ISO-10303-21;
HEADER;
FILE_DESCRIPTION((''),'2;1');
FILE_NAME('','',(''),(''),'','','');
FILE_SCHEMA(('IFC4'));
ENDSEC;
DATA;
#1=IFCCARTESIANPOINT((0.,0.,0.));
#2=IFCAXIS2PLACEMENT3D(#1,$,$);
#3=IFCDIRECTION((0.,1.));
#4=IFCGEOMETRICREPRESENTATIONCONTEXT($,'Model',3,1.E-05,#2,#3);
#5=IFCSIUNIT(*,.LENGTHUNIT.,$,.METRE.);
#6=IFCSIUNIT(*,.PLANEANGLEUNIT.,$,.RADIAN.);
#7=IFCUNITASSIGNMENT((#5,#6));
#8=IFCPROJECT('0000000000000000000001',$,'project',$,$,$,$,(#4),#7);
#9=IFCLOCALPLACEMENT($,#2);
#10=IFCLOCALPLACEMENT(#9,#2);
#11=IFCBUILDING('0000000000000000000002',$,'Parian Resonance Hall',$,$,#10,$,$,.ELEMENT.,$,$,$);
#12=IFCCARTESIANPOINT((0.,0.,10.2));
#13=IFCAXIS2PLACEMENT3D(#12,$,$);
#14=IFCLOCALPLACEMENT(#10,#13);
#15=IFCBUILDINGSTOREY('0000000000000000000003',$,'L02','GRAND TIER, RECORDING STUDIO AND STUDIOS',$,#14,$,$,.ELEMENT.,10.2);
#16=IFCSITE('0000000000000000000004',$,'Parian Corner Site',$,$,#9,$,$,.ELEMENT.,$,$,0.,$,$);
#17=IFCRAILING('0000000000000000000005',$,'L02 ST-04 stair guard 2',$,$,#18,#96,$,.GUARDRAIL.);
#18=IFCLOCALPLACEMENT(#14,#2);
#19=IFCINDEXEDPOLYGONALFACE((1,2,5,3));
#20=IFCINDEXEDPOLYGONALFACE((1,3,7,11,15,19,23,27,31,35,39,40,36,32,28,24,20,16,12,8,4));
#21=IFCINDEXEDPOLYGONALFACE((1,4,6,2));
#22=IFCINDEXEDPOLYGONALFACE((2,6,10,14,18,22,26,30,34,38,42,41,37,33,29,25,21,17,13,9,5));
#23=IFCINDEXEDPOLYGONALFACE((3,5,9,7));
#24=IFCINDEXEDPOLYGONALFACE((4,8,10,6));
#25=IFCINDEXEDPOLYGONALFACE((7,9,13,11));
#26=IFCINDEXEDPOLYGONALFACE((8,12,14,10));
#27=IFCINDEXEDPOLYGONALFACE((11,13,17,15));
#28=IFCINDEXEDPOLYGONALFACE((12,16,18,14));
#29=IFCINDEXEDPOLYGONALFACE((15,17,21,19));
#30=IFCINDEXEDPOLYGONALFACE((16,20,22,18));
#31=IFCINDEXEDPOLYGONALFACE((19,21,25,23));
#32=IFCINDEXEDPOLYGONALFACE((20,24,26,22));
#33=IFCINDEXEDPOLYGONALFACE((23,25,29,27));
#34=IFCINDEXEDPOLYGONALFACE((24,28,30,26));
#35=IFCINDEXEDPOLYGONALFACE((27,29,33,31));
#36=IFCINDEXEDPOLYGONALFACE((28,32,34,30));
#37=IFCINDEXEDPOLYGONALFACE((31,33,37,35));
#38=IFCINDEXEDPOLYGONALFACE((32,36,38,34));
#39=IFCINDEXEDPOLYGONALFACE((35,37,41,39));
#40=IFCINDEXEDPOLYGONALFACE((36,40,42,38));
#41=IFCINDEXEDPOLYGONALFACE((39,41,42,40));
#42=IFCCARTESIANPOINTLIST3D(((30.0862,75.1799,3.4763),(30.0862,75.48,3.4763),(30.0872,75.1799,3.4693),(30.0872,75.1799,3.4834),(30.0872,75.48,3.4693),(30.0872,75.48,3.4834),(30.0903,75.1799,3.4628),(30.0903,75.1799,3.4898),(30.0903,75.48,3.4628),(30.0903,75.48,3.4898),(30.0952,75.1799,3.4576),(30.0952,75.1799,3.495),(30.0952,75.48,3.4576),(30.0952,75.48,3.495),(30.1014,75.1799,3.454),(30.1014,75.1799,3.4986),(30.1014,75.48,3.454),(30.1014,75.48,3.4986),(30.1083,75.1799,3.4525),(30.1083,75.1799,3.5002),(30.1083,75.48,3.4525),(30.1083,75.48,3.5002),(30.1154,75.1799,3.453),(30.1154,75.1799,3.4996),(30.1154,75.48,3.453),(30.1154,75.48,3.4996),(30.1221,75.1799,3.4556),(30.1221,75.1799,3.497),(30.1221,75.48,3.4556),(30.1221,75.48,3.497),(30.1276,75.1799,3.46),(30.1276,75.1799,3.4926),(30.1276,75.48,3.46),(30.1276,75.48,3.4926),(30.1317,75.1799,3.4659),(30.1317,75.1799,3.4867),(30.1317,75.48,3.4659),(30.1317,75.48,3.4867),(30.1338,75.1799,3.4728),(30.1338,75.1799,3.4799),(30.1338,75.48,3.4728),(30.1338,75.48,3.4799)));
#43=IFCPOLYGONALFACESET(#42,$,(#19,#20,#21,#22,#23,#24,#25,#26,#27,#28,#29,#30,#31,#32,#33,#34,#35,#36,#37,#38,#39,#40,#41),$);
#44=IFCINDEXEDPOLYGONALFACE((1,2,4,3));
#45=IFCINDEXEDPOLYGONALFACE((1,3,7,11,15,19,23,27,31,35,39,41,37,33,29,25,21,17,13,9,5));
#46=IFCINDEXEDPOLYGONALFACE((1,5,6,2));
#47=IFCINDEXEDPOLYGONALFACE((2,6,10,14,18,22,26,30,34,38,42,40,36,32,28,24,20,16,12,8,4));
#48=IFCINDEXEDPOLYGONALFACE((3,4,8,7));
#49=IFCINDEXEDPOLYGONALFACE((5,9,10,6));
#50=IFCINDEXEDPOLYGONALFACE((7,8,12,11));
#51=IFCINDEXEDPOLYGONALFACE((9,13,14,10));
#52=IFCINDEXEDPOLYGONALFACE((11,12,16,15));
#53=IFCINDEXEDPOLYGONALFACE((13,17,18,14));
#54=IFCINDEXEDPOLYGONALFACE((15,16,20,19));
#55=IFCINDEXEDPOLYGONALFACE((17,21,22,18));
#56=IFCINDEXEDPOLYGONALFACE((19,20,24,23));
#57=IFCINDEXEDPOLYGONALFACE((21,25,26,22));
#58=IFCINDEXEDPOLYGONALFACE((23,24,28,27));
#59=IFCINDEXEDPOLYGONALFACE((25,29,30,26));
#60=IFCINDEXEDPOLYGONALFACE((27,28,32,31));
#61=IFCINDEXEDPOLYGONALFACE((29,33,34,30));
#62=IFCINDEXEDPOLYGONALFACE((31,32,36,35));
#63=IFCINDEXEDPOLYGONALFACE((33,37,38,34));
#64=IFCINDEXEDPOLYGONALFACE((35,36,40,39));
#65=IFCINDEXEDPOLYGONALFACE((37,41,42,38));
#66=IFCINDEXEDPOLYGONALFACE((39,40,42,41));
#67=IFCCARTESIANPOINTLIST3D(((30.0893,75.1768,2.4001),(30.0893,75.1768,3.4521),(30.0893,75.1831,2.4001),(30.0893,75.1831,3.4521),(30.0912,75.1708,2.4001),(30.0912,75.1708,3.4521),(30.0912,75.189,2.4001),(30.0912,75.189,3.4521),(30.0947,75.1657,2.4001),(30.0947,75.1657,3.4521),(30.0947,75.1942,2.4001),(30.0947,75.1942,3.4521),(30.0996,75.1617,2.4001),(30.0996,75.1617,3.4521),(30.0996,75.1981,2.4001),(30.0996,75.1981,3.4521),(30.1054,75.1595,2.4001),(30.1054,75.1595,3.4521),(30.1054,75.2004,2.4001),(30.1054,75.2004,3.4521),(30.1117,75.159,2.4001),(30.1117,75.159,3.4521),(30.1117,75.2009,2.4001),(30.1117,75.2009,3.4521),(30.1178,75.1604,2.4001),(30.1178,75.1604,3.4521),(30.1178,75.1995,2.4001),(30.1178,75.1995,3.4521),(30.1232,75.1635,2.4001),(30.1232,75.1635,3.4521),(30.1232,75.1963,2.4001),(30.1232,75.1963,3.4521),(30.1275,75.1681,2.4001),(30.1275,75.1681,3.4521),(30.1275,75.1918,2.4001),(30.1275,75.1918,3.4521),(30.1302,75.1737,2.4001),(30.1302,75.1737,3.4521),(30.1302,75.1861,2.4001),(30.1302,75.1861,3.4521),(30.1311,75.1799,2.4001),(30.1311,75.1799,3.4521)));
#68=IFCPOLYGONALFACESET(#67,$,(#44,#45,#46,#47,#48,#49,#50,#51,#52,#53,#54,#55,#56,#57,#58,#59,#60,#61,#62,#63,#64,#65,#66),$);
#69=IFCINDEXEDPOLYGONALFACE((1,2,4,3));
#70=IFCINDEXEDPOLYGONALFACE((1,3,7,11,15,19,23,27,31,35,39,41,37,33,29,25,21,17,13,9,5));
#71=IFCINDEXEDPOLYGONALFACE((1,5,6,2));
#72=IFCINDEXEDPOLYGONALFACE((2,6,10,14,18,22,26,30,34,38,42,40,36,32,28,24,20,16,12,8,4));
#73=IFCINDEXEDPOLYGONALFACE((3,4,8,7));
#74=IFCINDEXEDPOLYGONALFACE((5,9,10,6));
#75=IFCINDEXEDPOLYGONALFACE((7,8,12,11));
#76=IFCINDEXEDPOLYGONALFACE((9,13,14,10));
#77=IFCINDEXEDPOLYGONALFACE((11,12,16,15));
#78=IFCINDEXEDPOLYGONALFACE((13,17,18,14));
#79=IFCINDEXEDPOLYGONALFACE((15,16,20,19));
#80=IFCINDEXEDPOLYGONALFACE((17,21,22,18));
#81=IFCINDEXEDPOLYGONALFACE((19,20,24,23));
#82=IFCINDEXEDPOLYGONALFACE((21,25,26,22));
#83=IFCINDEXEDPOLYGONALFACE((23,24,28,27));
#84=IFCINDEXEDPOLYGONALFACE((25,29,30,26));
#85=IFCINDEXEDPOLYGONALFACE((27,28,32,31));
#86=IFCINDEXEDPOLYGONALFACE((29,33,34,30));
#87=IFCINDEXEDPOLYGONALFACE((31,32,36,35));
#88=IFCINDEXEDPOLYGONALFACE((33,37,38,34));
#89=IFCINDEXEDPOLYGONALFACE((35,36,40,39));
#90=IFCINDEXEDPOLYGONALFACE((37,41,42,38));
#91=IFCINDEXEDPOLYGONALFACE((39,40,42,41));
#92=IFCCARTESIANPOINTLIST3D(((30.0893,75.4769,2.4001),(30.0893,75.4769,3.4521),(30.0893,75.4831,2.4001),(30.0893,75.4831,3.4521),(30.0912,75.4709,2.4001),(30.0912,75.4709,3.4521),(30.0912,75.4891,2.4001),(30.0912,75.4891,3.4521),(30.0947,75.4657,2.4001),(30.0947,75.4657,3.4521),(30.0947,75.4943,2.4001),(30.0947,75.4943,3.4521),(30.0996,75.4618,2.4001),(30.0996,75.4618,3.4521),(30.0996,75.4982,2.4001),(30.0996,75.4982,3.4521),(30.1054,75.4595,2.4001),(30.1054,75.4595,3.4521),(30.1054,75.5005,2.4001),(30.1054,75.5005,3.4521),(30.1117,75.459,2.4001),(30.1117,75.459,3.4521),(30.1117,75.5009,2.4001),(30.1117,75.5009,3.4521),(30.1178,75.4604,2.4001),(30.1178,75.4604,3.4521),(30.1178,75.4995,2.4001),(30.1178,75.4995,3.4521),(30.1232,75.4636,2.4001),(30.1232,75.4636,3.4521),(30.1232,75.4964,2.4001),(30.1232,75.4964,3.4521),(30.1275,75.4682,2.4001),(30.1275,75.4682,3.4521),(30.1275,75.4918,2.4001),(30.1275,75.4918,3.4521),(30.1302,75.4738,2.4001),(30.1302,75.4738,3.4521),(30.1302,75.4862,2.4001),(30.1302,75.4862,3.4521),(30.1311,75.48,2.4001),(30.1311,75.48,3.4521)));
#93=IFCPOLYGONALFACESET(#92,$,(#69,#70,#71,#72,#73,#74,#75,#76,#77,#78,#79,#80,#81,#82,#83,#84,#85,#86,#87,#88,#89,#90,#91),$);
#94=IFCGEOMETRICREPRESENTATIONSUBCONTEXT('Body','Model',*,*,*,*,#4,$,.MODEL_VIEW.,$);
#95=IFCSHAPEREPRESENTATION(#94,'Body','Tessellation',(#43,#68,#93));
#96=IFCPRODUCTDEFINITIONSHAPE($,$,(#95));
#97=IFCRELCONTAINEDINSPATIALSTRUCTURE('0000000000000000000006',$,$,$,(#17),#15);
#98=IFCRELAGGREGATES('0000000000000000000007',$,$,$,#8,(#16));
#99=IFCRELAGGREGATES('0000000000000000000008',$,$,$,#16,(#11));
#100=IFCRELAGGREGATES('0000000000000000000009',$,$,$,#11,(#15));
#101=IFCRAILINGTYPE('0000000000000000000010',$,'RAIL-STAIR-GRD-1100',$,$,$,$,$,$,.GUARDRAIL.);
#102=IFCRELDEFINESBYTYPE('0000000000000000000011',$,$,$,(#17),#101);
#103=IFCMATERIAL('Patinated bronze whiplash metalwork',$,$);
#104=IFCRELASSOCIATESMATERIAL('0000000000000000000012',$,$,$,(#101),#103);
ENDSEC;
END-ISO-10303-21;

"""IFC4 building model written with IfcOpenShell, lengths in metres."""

from ifc_helpers import new_model, si_unit, direction, frame, origin, origin_2d, place, context, subcontext, project, spatial, circle, extrude, material, type_object, element, save


model = new_model("IFC4")

# Units and contexts
model_context = context("Model", 3, precision=1e-05, world=origin(), true_north=direction((0.0, 1.0)))
body_context = subcontext(model_context, "Body", "Model", "MODEL_VIEW")
ifc_project = project(units=[si_unit("LENGTHUNIT", "METRE"), si_unit("PLANEANGLEUNIT", "RADIAN")], contexts=[model_context])

# Site, building, storey
site_placement = place(None, origin())
site = spatial("IfcSite", under=ifc_project, at=site_placement, Name="Parian Corner Site", CompositionType="ELEMENT", RefElevation=0.0)
building_placement = place(site_placement, origin())
building = spatial("IfcBuilding", under=site, at=building_placement, Name="Parian Resonance Hall", CompositionType="ELEMENT")
storey_placement = place(building_placement, frame((0.0, 0.0, 10.2)))
storey = spatial("IfcBuildingStorey", under=building, at=storey_placement, Name="L02", Description="GRAND TIER, RECORDING STUDIO AND STUDIOS", CompositionType="ELEMENT", Elevation=10.2)

# Railing
ifc_material_1 = material(Name="Patinated bronze whiplash metalwork")
railing_type_1 = type_object("IfcRailingType", Name="RAIL-STAIR-GRD-1100", PredefinedType="GUARDRAIL", material=ifc_material_1)
railing_1_placement = place(storey_placement, frame((30.1101, 75.1799, 2.4001)))
element("IfcRailing", 1, at=railing_1_placement, inside=storey, type_object=railing_type_1, Name="L02 ST-04 stair guard 2", PredefinedType="GUARDRAIL", context=body_context, shape_type="SweptSolid", body=[
    extrude(circle(Radius=0.0239, at=origin_2d()), frame((0.0, 0.0, 1.0762), z_axis=(0.0, 1.0, 0.0), x_axis=(-1.0, 0.0, 0.0)), (0.0, 0.0, 1.0), 0.3),
    extrude(circle(Radius=0.021, at=origin_2d()), origin(), (0.0, 0.0, 1.0), 1.052),
    extrude(circle(Radius=0.021, at=origin_2d()), frame((0.0, 0.3, 0.0)), (0.0, 0.0, 1.0), 1.052),
])

save(model, "model.ifc")
